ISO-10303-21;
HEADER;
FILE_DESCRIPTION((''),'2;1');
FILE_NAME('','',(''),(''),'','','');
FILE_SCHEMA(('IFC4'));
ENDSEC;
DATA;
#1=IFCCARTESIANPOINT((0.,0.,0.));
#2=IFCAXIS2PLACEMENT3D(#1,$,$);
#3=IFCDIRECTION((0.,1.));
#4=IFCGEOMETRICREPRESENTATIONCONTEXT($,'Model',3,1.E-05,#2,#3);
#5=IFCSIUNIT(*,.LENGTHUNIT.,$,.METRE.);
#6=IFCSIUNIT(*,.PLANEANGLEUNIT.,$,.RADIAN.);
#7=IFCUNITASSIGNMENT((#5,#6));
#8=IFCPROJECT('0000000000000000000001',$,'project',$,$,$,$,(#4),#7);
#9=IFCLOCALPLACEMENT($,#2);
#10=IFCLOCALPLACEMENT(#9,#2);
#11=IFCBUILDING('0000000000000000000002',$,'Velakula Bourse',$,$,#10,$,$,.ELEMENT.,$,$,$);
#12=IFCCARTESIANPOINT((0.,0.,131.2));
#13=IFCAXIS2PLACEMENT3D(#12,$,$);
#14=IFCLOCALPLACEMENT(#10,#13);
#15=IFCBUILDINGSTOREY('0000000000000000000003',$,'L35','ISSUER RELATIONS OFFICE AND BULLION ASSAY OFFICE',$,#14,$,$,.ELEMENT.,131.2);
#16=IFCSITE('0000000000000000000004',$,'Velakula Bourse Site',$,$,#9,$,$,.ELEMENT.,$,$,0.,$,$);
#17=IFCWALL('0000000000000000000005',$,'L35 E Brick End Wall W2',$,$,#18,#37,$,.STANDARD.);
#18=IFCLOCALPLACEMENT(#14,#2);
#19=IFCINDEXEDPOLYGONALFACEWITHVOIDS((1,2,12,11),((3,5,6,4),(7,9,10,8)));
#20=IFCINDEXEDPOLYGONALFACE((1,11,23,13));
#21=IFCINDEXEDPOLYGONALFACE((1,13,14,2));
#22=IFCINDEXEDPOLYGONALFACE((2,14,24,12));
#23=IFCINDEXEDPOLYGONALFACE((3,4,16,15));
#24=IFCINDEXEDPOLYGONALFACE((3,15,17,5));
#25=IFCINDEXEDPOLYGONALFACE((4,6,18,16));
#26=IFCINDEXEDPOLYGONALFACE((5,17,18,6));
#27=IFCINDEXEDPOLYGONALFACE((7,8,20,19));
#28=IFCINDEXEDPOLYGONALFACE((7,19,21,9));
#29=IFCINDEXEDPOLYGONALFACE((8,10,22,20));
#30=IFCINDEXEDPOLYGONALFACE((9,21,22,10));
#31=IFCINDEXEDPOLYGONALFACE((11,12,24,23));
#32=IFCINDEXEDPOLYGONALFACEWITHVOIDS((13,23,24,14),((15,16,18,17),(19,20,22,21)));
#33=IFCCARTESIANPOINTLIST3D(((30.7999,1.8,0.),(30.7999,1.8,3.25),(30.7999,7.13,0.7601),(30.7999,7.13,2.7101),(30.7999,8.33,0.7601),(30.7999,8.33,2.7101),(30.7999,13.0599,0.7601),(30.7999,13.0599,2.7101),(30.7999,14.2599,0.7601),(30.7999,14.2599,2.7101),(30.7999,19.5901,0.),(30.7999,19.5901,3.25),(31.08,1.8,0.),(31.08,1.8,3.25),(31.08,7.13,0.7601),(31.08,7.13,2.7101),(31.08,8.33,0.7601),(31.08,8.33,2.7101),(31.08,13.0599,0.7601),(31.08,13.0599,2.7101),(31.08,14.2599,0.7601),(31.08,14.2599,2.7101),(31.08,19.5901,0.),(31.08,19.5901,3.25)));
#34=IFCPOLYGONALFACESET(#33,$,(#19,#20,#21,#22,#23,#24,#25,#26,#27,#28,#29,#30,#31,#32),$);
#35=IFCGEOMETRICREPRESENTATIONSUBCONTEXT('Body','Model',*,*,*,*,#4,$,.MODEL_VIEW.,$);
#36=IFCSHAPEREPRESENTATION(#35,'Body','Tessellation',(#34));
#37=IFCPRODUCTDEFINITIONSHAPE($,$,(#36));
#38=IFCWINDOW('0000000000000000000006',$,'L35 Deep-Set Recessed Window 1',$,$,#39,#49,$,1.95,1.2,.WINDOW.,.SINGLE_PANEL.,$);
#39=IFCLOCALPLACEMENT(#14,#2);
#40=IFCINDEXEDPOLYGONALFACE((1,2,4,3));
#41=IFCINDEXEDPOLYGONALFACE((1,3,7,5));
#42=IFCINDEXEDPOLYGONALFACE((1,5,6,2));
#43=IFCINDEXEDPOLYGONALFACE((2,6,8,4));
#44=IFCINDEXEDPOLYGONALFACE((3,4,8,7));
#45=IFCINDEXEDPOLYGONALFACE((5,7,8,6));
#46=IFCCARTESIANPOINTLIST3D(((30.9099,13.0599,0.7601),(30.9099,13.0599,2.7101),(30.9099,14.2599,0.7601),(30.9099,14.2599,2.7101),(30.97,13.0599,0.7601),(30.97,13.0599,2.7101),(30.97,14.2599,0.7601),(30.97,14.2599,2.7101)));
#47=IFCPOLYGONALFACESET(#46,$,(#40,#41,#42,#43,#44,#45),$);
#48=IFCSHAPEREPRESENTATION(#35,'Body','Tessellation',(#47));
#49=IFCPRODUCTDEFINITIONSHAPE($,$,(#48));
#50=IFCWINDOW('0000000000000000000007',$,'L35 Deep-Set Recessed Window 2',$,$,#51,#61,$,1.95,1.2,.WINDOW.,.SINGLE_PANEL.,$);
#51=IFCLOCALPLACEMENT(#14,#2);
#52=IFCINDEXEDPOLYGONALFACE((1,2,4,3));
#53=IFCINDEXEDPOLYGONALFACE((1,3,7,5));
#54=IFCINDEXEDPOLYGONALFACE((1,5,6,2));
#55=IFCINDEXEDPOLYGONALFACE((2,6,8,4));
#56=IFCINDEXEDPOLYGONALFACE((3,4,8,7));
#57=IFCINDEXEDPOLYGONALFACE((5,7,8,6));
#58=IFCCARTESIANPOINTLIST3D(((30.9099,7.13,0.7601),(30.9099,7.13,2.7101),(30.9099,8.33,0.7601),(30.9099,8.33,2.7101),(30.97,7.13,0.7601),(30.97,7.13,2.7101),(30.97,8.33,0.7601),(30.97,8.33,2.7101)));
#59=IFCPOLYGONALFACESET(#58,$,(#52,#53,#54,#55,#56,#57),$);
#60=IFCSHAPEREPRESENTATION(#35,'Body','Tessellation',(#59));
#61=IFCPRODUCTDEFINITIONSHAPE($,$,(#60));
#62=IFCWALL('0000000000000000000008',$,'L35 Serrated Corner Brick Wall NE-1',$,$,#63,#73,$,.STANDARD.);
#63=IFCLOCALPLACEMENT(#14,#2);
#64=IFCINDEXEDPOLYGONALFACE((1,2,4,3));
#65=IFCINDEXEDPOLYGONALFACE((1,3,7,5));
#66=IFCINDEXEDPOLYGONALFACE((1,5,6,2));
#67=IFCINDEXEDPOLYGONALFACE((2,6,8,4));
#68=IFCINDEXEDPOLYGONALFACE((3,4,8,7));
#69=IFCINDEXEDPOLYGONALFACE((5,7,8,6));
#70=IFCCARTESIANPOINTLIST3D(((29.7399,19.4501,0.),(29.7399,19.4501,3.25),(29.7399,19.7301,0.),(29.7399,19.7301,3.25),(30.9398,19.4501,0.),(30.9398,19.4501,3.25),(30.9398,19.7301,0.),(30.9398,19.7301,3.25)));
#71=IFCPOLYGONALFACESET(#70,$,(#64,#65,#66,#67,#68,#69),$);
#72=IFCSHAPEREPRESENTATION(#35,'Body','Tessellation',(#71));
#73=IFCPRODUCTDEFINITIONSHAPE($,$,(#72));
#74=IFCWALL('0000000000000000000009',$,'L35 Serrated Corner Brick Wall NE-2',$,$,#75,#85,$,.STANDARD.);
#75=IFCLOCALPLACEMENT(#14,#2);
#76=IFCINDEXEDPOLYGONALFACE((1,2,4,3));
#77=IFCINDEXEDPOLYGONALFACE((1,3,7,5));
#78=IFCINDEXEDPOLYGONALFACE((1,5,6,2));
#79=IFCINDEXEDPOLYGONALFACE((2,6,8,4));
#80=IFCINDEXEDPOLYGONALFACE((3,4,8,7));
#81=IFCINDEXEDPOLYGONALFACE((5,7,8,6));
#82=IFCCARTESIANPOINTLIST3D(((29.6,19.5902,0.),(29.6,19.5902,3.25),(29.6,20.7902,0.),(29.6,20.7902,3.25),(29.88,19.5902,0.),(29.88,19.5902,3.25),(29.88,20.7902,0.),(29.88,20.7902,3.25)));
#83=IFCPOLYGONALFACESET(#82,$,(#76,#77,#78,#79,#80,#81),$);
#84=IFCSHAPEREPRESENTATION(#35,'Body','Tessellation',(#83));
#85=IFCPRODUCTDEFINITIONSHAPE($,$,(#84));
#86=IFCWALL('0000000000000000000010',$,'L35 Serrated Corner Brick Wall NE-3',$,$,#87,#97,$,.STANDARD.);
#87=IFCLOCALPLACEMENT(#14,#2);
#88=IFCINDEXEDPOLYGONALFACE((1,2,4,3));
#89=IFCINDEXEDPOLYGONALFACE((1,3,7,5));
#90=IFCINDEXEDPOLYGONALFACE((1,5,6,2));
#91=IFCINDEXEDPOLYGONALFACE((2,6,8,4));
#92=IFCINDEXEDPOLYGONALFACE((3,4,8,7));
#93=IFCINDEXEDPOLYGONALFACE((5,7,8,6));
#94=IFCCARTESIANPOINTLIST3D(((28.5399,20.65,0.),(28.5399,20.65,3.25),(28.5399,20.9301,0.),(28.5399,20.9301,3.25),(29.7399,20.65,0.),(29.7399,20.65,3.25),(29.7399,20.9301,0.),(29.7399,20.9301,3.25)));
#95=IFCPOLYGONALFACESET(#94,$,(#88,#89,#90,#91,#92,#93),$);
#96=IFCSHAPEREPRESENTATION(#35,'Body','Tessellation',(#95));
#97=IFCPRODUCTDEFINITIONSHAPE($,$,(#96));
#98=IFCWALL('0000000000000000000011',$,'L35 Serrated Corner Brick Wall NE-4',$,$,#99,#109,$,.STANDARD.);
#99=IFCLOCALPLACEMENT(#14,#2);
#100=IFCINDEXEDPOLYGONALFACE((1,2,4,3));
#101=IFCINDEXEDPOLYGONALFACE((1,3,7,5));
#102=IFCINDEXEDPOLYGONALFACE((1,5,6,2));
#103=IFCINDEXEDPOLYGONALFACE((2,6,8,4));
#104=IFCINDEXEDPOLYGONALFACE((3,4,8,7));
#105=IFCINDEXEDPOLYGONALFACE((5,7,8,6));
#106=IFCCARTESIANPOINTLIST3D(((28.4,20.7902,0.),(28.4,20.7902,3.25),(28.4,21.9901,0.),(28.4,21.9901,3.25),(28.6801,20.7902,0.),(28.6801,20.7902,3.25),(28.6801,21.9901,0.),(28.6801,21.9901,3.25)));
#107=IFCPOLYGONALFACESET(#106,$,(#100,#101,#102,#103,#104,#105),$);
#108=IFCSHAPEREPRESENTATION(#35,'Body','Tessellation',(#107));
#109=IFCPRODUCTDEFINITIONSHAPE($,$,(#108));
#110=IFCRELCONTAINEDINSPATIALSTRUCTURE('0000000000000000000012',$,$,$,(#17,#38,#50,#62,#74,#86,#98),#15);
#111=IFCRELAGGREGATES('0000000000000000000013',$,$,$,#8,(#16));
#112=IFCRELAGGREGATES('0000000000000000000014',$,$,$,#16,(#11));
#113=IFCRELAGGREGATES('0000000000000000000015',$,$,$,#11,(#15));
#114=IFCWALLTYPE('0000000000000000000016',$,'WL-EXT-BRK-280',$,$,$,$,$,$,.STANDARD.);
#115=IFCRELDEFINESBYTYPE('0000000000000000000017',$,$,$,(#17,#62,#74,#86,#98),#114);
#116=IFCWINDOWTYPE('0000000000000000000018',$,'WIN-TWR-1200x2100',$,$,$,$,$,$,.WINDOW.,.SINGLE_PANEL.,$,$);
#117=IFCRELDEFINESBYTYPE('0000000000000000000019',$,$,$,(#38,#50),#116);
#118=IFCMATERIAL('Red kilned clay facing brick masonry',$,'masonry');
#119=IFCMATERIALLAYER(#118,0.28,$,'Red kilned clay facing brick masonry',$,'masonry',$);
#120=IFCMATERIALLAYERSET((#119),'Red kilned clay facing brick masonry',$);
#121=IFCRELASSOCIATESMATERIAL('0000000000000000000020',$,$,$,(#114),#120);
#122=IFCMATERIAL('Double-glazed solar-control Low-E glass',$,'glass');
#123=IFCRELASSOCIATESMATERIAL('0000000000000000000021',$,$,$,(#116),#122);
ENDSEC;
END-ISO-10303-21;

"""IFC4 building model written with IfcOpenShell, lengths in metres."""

from ifc_helpers import new_model, si_unit, direction, frame, frame_2d, origin, place, context, subcontext, project, spatial, rectangle, extrude, material, layer, layer_set, type_object, element, fill, save


model = new_model("IFC4")

# Units and contexts
model_context = context("Model", 3, precision=1e-05, world=origin(), true_north=direction((0.0, 1.0)))
body_context = subcontext(model_context, "Body", "Model", "MODEL_VIEW")
ifc_project = project(units=[si_unit("LENGTHUNIT", "METRE"), si_unit("PLANEANGLEUNIT", "RADIAN")], contexts=[model_context])

# Site, building, storey
site_placement = place(None, origin())
site = spatial("IfcSite", under=ifc_project, at=site_placement, Name="Velakula Bourse Site", CompositionType="ELEMENT", RefElevation=0.0)
building_placement = place(site_placement, origin())
building = spatial("IfcBuilding", under=site, at=building_placement, Name="Velakula Bourse", CompositionType="ELEMENT")
storey_placement = place(building_placement, frame((0.0, 0.0, 131.2)))
storey = spatial("IfcBuildingStorey", under=building, at=storey_placement, Name="L35", Description="ISSUER RELATIONS OFFICE AND BULLION ASSAY OFFICE", CompositionType="ELEMENT", Elevation=131.2)

# Wall, openings, windows
ifc_material_1 = material(Name="Red kilned clay facing brick masonry", Category="masonry")
ifc_layer = layer(ifc_material_1, 0.28, Name="Red kilned clay facing brick masonry", Category="masonry")
ifc_layer_set = layer_set([ifc_layer], Name="Red kilned clay facing brick masonry")
wall_type = type_object("IfcWallType", Name="WL-EXT-BRK-280", PredefinedType="STANDARD", material=ifc_layer_set)
wall_placement = place(storey_placement, frame((30.9399, 19.5901, 0.0), z_axis=(0.0, 0.0, 1.0), x_axis=(0.0, -1.0, 0.0)))
wall = element("IfcWall", 1, at=wall_placement, inside=storey, type_object=wall_type, Name="L35 E Brick End Wall W2", PredefinedType="STANDARD", context=body_context, shape_type="SweptSolid", body=[
    extrude(rectangle(XDim=17.79, YDim=0.28, at=frame_2d((8.895, 0.0))), origin(), (0.0, 0.0, 1.0), 3.25),
])
opening_1_placement = place(wall_placement, frame((5.3301, 0.0, 0.76)))
opening_1 = element("IfcOpeningElement", 2, at=opening_1_placement, cuts=wall, PredefinedType="OPENING", context=body_context, shape_type="SweptSolid", body=[
    extrude(rectangle(XDim=1.2, YDim=1.95, at=frame_2d((0.6001, 0.9751))), frame((0.0, 0.1499, 0.0), z_axis=(0.0, -1.0, 0.0), x_axis=(1.0, 0.0, 0.0)), (0.0, 0.0, 1.0), 0.3),
])
opening_2_placement = place(wall_placement, frame((11.26, 0.0, 0.76)))
opening_2 = element("IfcOpeningElement", 3, at=opening_2_placement, cuts=wall, PredefinedType="OPENING", context=body_context, shape_type="SweptSolid", body=[
    extrude(rectangle(XDim=1.2, YDim=1.95, at=frame_2d((0.6001, 0.9751))), frame((0.0, 0.1499, 0.0), z_axis=(0.0, -1.0, 0.0), x_axis=(1.0, 0.0, 0.0)), (0.0, 0.0, 1.0), 0.3),
])
ifc_material_2 = material(Name="Double-glazed solar-control Low-E glass", Category="glass")
window_type = type_object("IfcWindowType", Name="WIN-TWR-1200x2100", PartitioningType="SINGLE_PANEL", PredefinedType="WINDOW", material=ifc_material_2)
window_1_placement = place(opening_1_placement, origin())
window_1 = element("IfcWindow", 4, at=window_1_placement, inside=storey, type_object=window_type, Name="L35 Deep-Set Recessed Window 1", OverallHeight=1.95, OverallWidth=1.2, PartitioningType="SINGLE_PANEL", PredefinedType="WINDOW", context=body_context, shape_type="SweptSolid", body=[
    extrude(rectangle(XDim=1.2, YDim=1.95, at=frame_2d((0.6001, 0.9751))), frame((0.0, 0.03, 0.0), z_axis=(0.0, -1.0, 0.0), x_axis=(1.0, 0.0, 0.0)), (0.0, 0.0, 1.0), 0.0601),
])
fill(opening_1, window_1)
window_2_placement = place(opening_2_placement, origin())
window_2 = element("IfcWindow", 5, at=window_2_placement, inside=storey, type_object=window_type, Name="L35 Deep-Set Recessed Window 2", OverallHeight=1.95, OverallWidth=1.2, PartitioningType="SINGLE_PANEL", PredefinedType="WINDOW", context=body_context, shape_type="SweptSolid", body=[
    extrude(rectangle(XDim=1.2, YDim=1.95, at=frame_2d((0.6001, 0.9751))), frame((0.0, 0.03, 0.0), z_axis=(0.0, -1.0, 0.0), x_axis=(1.0, 0.0, 0.0)), (0.0, 0.0, 1.0), 0.0601),
])
fill(opening_2, window_2)

# Walls
for number, where, z_axis, x_axis, name in (
    (6, (30.9399, 19.5901, 0.0), (0.0, 0.0, 1.0), (-1.0, 0.0, 0.0), "L35 Serrated Corner Brick Wall NE-1"),
    (7, (29.74, 19.5901, 0.0), (0.0, 0.0, 1.0), (0.0, 1.0, 0.0), "L35 Serrated Corner Brick Wall NE-2"),
    (8, (29.74, 20.79, 0.0), (0.0, 0.0, 1.0), (-1.0, 0.0, 0.0), "L35 Serrated Corner Brick Wall NE-3"),
    (9, (28.54, 20.79, 0.0), (0.0, 0.0, 1.0), (0.0, 1.0, 0.0), "L35 Serrated Corner Brick Wall NE-4"),
):
    element("IfcWall", number, at=place(storey_placement, frame(where, z_axis=z_axis, x_axis=x_axis)), inside=storey, type_object=wall_type, Name=name, PredefinedType="STANDARD", context=body_context, shape_type="SweptSolid", body=[
        extrude(rectangle(XDim=1.2, YDim=0.28, at=frame_2d((0.6001, 0.0))), origin(), (0.0, 0.0, 1.0), 3.25),
    ])

save(model, "model.ifc")
